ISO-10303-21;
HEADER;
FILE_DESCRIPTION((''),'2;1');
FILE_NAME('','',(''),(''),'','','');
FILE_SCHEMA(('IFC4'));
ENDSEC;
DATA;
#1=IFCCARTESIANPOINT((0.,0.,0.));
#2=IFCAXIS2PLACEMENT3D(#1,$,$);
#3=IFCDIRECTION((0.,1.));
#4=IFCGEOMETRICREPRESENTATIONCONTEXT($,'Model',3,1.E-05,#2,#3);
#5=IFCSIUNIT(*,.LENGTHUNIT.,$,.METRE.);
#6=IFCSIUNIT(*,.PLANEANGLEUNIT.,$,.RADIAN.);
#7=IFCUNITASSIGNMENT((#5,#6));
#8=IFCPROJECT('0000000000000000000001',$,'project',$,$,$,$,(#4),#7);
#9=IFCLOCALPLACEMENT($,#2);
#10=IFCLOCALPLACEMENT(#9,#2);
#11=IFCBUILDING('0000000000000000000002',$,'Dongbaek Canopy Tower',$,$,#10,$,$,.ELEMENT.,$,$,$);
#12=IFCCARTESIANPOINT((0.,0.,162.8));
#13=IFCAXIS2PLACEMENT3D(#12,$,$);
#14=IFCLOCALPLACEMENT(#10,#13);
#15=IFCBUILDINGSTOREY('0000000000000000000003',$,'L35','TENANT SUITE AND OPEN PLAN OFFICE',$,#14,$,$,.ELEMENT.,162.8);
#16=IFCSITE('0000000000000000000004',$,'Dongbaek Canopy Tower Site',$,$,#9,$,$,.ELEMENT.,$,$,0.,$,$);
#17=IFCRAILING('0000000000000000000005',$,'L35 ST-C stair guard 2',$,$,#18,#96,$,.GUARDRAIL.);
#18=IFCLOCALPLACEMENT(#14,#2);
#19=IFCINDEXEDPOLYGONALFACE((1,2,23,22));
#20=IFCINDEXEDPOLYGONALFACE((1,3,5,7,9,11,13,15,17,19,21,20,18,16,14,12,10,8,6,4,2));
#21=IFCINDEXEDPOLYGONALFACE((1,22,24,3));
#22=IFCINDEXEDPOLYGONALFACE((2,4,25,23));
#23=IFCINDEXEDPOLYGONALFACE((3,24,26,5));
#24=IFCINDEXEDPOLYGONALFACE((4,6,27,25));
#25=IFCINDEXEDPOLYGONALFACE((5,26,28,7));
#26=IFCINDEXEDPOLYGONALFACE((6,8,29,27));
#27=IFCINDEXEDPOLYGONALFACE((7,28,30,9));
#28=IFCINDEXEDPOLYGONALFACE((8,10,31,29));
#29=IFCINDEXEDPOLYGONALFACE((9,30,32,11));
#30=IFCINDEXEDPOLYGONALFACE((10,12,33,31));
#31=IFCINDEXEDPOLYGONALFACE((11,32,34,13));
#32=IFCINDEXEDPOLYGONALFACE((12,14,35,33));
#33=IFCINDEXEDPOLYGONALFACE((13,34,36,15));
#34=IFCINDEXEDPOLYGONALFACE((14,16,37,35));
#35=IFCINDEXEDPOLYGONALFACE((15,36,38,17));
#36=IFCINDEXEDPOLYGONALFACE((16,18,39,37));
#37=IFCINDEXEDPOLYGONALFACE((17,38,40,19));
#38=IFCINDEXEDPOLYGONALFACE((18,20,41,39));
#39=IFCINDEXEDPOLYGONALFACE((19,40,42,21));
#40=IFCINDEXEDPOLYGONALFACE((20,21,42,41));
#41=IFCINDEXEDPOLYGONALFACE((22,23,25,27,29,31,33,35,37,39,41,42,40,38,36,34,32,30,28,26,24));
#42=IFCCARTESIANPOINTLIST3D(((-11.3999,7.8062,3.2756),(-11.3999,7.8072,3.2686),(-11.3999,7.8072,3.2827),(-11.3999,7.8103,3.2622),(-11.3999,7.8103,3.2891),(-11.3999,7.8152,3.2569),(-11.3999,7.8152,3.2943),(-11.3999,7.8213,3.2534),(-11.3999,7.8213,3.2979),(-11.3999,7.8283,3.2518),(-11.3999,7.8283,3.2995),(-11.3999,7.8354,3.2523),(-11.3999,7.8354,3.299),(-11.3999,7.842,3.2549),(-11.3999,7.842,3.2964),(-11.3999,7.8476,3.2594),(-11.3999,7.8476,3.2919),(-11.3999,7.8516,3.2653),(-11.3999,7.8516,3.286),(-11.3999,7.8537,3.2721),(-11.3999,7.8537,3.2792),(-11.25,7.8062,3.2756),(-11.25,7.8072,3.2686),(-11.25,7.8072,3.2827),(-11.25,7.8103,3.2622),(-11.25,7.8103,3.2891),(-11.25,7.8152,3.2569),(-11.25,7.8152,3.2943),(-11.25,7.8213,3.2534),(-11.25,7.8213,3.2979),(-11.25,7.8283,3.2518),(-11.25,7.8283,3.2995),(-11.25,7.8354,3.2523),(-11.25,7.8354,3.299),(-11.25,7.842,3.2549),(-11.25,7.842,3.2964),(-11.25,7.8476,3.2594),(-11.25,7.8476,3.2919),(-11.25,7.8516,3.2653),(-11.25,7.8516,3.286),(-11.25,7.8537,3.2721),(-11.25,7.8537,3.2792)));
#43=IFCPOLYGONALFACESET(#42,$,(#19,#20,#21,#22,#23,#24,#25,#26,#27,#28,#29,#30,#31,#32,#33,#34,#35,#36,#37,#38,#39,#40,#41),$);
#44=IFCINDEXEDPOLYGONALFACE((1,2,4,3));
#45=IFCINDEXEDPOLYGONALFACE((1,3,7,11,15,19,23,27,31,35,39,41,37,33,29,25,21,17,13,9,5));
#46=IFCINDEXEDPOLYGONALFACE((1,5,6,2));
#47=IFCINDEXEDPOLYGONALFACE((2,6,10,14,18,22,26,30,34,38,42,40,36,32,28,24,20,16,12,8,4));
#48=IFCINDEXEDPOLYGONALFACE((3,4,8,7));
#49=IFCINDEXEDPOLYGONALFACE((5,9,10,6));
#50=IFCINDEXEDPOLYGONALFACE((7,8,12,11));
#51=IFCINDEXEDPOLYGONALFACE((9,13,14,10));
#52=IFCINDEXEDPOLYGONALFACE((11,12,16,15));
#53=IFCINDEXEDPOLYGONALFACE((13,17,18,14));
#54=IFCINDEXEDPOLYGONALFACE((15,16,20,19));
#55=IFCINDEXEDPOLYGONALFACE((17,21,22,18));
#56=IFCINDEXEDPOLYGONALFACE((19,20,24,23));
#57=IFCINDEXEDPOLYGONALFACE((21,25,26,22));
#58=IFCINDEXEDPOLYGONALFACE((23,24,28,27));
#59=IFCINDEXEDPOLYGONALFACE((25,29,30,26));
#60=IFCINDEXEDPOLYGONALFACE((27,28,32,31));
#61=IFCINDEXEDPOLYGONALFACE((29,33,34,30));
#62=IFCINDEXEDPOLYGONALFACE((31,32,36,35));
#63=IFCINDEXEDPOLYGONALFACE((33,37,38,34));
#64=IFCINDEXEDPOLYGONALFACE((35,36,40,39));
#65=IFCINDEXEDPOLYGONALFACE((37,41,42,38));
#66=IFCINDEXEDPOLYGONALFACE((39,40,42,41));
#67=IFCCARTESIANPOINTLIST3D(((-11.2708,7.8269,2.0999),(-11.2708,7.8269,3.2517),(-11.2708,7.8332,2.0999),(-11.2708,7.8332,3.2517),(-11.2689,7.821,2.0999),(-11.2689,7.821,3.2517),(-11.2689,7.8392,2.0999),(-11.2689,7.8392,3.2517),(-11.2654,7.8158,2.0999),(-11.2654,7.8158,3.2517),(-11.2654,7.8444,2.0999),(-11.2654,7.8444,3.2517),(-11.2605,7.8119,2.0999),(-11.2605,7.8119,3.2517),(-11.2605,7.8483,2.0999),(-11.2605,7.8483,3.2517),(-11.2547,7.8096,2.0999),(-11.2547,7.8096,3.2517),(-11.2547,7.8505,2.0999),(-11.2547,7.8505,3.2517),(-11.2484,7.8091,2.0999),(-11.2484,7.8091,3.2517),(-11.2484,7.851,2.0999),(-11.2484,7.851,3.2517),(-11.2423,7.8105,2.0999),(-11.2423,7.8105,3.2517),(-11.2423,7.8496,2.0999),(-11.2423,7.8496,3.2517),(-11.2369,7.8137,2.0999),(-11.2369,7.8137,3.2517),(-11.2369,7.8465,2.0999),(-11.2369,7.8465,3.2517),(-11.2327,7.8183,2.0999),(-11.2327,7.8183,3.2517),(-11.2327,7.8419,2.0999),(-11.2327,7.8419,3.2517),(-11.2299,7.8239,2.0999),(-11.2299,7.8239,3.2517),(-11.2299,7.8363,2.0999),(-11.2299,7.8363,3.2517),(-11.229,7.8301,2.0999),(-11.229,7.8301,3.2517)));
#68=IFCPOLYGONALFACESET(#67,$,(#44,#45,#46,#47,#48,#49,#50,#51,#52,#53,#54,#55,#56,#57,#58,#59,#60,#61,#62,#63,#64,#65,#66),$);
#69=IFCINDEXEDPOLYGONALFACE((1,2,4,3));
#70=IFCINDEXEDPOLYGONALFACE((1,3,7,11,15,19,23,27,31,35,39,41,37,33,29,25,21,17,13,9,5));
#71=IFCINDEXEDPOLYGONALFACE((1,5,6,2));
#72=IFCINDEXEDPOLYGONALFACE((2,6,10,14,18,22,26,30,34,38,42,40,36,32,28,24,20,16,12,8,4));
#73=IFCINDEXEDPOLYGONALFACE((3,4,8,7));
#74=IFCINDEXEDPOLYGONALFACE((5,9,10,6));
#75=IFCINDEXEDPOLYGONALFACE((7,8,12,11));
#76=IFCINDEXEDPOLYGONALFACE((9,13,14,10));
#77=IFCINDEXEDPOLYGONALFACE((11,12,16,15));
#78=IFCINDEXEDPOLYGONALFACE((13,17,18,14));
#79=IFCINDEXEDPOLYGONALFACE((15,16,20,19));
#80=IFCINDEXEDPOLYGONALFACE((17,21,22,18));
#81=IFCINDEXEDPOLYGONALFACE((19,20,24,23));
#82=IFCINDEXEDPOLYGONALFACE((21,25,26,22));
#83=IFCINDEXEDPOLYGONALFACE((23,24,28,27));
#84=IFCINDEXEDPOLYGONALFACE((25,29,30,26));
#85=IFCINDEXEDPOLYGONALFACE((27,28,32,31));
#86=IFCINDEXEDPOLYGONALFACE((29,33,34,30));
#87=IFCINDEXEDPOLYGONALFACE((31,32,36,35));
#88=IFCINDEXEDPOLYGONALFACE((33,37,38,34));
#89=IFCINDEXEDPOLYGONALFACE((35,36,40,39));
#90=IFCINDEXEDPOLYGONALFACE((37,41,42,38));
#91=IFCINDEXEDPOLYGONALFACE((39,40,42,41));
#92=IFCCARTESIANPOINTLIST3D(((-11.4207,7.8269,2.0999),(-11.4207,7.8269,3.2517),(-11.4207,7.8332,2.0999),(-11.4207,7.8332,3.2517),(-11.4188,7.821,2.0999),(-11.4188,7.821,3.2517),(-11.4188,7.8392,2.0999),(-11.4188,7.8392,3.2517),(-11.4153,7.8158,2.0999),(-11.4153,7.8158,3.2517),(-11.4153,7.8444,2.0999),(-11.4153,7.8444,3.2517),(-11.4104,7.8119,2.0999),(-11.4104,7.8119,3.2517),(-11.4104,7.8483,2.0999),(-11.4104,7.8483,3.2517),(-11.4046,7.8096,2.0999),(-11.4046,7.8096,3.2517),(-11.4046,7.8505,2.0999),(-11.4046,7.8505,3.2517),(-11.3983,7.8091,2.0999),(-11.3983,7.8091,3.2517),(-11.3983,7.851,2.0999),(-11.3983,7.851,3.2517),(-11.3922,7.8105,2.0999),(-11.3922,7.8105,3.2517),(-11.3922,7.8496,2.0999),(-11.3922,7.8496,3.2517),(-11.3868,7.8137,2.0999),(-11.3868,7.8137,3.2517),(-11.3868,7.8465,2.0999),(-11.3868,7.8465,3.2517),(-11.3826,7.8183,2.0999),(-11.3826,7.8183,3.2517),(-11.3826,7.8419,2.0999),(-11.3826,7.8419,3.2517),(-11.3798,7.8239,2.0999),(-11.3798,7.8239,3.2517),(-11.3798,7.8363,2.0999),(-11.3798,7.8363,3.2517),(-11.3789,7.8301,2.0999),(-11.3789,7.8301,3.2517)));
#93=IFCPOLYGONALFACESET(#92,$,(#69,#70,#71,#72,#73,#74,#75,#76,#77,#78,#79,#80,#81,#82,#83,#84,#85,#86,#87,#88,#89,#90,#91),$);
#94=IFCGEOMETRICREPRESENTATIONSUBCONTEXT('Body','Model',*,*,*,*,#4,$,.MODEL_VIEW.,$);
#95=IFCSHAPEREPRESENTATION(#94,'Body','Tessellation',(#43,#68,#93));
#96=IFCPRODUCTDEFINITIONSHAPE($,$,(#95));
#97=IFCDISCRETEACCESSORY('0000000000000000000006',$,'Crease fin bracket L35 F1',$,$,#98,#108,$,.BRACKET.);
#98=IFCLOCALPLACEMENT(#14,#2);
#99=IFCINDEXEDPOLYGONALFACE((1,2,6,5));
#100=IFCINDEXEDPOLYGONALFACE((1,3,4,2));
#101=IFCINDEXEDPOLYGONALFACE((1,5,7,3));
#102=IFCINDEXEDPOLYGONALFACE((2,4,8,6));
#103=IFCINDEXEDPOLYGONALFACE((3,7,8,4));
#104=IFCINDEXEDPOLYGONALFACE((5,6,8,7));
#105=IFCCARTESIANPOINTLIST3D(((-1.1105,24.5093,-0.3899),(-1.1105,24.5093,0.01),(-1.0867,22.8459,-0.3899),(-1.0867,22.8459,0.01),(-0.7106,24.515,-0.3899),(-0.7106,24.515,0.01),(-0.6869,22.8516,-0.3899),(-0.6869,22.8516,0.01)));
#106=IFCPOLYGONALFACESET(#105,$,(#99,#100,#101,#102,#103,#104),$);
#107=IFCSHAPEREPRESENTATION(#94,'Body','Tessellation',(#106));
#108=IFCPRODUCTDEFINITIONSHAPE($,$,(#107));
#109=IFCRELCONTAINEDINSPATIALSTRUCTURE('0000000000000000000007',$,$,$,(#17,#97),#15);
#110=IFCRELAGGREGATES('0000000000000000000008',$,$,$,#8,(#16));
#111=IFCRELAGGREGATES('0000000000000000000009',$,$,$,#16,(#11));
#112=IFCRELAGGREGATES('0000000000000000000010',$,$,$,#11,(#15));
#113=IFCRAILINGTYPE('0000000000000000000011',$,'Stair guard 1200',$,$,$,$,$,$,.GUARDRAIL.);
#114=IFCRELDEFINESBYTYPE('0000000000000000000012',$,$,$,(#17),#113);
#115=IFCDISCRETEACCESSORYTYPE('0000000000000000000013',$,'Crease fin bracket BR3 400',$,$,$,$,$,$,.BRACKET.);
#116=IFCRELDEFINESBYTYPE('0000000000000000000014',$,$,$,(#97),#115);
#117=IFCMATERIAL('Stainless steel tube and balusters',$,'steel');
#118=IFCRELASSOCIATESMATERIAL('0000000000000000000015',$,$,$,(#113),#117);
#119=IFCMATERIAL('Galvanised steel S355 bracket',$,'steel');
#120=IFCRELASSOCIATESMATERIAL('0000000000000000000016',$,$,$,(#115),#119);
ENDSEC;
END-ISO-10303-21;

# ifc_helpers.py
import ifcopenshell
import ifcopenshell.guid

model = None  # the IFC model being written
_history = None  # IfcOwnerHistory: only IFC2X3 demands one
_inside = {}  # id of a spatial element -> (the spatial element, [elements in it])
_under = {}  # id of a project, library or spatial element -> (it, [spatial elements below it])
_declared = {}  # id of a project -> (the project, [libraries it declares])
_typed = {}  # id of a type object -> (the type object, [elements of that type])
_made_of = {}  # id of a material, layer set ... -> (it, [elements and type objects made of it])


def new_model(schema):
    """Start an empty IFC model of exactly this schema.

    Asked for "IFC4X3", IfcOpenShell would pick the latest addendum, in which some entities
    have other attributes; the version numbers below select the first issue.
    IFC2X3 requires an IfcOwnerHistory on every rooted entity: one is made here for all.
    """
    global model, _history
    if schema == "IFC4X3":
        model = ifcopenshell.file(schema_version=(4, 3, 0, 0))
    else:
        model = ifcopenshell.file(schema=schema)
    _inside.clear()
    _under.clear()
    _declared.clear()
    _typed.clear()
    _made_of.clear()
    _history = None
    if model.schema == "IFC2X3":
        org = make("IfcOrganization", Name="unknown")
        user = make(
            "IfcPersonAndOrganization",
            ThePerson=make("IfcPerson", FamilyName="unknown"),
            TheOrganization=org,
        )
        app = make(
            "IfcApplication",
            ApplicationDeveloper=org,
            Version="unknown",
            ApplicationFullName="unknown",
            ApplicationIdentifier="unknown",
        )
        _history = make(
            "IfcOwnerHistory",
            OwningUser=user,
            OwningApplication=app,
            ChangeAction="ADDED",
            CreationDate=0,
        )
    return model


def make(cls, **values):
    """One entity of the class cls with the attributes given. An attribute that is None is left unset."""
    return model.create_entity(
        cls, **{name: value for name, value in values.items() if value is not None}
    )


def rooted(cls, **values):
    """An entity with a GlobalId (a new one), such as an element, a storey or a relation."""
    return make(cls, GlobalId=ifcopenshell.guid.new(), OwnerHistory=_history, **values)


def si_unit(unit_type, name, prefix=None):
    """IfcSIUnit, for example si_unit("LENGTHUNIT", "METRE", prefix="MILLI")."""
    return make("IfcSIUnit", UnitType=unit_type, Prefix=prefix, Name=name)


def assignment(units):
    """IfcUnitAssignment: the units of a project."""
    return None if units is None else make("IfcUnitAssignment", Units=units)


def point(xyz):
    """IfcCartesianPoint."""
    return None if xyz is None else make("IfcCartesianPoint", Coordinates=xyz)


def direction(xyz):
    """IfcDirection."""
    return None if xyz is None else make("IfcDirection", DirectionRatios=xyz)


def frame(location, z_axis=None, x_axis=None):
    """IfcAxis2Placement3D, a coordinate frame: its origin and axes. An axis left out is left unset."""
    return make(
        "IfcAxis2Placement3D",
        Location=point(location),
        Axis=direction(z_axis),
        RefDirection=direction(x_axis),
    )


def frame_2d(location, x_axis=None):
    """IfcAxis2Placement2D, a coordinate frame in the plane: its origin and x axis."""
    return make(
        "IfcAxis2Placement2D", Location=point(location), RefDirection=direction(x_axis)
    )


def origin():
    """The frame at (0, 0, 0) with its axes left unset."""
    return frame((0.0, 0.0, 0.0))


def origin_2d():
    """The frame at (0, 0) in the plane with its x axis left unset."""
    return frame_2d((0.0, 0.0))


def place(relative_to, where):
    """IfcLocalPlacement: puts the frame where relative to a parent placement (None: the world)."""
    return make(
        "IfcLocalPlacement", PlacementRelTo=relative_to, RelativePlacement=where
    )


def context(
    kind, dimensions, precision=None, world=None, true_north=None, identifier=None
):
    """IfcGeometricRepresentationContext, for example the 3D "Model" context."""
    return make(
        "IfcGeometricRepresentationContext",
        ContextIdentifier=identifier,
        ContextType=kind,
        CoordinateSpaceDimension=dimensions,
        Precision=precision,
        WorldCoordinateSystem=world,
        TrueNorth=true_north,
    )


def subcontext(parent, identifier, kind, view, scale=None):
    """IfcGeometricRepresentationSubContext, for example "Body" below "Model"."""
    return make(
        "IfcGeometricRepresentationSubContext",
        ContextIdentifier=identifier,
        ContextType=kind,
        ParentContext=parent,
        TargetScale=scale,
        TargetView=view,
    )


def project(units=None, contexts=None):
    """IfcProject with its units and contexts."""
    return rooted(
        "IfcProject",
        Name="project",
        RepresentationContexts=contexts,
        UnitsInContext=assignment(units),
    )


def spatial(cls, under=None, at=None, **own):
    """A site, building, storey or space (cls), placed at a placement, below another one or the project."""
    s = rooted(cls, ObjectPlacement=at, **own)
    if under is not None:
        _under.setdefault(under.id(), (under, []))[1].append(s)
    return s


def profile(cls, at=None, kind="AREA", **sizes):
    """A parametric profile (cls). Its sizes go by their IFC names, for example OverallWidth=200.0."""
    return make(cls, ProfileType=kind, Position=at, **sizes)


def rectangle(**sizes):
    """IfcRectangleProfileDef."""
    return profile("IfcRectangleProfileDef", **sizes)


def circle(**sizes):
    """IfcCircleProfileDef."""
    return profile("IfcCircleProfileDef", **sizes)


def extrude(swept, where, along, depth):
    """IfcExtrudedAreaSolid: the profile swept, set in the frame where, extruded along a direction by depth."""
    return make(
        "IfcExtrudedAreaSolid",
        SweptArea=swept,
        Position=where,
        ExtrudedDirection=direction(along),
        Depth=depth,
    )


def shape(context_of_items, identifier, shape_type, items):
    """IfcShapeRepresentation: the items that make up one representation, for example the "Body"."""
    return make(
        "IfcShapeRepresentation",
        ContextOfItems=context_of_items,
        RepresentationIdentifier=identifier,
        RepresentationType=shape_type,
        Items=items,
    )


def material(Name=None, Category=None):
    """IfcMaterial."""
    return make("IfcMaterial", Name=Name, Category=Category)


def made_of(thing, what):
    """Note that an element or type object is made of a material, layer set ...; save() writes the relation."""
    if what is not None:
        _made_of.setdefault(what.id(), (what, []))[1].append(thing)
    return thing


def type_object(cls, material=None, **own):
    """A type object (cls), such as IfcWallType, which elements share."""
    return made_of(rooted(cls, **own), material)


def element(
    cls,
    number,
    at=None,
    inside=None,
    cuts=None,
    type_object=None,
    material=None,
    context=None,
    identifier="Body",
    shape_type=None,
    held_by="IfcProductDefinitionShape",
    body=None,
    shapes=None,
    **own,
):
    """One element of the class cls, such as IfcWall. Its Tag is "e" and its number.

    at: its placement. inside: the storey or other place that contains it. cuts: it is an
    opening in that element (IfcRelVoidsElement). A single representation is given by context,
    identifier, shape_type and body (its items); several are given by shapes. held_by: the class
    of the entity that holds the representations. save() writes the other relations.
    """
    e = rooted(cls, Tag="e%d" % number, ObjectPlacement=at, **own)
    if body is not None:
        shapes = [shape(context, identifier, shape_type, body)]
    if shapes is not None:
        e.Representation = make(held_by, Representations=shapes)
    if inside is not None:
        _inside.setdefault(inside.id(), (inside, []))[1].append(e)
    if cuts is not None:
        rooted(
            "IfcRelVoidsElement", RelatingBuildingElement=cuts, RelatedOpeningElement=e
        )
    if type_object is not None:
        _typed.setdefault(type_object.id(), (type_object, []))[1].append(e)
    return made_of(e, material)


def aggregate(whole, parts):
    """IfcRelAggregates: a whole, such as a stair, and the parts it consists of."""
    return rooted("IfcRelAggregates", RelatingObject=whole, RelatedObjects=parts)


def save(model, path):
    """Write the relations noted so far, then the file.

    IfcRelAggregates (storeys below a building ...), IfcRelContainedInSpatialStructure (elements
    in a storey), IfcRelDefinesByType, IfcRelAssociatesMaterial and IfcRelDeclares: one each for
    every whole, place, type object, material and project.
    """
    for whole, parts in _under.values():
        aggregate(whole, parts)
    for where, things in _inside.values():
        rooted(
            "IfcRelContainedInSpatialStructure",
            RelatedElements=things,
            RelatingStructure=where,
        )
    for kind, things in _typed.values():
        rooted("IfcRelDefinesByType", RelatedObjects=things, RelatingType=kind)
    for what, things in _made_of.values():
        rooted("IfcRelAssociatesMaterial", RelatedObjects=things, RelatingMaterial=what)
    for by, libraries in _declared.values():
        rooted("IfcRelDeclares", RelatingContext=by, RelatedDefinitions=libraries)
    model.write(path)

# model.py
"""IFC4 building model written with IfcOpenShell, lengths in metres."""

from ifc_helpers import new_model, si_unit, direction, frame, origin, origin_2d, place, context, subcontext, project, spatial, rectangle, circle, extrude, material, type_object, element, save


model = new_model("IFC4")

# Units and contexts
model_context = context("Model", 3, precision=1e-05, world=origin(), true_north=direction((0.0, 1.0)))
body_context = subcontext(model_context, "Body", "Model", "MODEL_VIEW")
ifc_project = project(units=[si_unit("LENGTHUNIT", "METRE"), si_unit("PLANEANGLEUNIT", "RADIAN")], contexts=[model_context])

# Site, building, storey
site_placement = place(None, origin())
site = spatial("IfcSite", under=ifc_project, at=site_placement, Name="Dongbaek Canopy Tower Site", CompositionType="ELEMENT", RefElevation=0.0)
building_placement = place(site_placement, origin())
building = spatial("IfcBuilding", under=site, at=building_placement, Name="Dongbaek Canopy Tower", CompositionType="ELEMENT")
storey_placement = place(building_placement, frame((0.0, 0.0, 162.8)))
storey = spatial("IfcBuildingStorey", under=building, at=storey_placement, Name="L35", Description="TENANT SUITE AND OPEN PLAN OFFICE", CompositionType="ELEMENT", Elevation=162.8)

# Railing
ifc_material_1 = material(Name="Stainless steel tube and balusters", Category="steel")
railing_type = type_object("IfcRailingType", Name="Stair guard 1200", PredefinedType="GUARDRAIL", material=ifc_material_1)
railing_placement = place(storey_placement, frame((-11.25, 7.8301, 2.0999)))
element("IfcRailing", 1, at=railing_placement, inside=storey, type_object=railing_type, Name="L35 ST-C stair guard 2", PredefinedType="GUARDRAIL", context=body_context, shape_type="SweptSolid", body=[
    extrude(circle(Radius=0.0239, at=origin_2d()), frame((0.0, 0.0, 1.1758), z_axis=(-1.0, 0.0, 0.0), x_axis=(0.0, -1.0, 0.0)), (0.0, 0.0, 1.0), 0.1499),
    extrude(circle(Radius=0.021, at=origin_2d()), origin(), (0.0, 0.0, 1.0), 1.1519),
    extrude(circle(Radius=0.021, at=origin_2d()), frame((-0.1499, 0.0, 0.0)), (0.0, 0.0, 1.0), 1.1519),
])

# Discrete accessory
ifc_material_2 = material(Name="Galvanised steel S355 bracket", Category="steel")
discrete_accessory_type = type_object("IfcDiscreteAccessoryType", Name="Crease fin bracket BR3 400", PredefinedType="BRACKET", material=ifc_material_2)
discrete_accessory_placement = place(storey_placement, frame((-0.8987, 23.6804, -0.3899), z_axis=(0.0, 0.0, 1.0), x_axis=(-0.014278, 0.999898, 0.0)))
element("IfcDiscreteAccessory", 2, at=discrete_accessory_placement, inside=storey, type_object=discrete_accessory_type, Name="Crease fin bracket L35 F1", PredefinedType="BRACKET", context=body_context, shape_type="SweptSolid", body=[
    extrude(rectangle(XDim=1.6636, YDim=0.3999, at=origin_2d()), origin(), (0.0, 0.0, 1.0), 0.3999),
])

save(model, "model.ifc")
